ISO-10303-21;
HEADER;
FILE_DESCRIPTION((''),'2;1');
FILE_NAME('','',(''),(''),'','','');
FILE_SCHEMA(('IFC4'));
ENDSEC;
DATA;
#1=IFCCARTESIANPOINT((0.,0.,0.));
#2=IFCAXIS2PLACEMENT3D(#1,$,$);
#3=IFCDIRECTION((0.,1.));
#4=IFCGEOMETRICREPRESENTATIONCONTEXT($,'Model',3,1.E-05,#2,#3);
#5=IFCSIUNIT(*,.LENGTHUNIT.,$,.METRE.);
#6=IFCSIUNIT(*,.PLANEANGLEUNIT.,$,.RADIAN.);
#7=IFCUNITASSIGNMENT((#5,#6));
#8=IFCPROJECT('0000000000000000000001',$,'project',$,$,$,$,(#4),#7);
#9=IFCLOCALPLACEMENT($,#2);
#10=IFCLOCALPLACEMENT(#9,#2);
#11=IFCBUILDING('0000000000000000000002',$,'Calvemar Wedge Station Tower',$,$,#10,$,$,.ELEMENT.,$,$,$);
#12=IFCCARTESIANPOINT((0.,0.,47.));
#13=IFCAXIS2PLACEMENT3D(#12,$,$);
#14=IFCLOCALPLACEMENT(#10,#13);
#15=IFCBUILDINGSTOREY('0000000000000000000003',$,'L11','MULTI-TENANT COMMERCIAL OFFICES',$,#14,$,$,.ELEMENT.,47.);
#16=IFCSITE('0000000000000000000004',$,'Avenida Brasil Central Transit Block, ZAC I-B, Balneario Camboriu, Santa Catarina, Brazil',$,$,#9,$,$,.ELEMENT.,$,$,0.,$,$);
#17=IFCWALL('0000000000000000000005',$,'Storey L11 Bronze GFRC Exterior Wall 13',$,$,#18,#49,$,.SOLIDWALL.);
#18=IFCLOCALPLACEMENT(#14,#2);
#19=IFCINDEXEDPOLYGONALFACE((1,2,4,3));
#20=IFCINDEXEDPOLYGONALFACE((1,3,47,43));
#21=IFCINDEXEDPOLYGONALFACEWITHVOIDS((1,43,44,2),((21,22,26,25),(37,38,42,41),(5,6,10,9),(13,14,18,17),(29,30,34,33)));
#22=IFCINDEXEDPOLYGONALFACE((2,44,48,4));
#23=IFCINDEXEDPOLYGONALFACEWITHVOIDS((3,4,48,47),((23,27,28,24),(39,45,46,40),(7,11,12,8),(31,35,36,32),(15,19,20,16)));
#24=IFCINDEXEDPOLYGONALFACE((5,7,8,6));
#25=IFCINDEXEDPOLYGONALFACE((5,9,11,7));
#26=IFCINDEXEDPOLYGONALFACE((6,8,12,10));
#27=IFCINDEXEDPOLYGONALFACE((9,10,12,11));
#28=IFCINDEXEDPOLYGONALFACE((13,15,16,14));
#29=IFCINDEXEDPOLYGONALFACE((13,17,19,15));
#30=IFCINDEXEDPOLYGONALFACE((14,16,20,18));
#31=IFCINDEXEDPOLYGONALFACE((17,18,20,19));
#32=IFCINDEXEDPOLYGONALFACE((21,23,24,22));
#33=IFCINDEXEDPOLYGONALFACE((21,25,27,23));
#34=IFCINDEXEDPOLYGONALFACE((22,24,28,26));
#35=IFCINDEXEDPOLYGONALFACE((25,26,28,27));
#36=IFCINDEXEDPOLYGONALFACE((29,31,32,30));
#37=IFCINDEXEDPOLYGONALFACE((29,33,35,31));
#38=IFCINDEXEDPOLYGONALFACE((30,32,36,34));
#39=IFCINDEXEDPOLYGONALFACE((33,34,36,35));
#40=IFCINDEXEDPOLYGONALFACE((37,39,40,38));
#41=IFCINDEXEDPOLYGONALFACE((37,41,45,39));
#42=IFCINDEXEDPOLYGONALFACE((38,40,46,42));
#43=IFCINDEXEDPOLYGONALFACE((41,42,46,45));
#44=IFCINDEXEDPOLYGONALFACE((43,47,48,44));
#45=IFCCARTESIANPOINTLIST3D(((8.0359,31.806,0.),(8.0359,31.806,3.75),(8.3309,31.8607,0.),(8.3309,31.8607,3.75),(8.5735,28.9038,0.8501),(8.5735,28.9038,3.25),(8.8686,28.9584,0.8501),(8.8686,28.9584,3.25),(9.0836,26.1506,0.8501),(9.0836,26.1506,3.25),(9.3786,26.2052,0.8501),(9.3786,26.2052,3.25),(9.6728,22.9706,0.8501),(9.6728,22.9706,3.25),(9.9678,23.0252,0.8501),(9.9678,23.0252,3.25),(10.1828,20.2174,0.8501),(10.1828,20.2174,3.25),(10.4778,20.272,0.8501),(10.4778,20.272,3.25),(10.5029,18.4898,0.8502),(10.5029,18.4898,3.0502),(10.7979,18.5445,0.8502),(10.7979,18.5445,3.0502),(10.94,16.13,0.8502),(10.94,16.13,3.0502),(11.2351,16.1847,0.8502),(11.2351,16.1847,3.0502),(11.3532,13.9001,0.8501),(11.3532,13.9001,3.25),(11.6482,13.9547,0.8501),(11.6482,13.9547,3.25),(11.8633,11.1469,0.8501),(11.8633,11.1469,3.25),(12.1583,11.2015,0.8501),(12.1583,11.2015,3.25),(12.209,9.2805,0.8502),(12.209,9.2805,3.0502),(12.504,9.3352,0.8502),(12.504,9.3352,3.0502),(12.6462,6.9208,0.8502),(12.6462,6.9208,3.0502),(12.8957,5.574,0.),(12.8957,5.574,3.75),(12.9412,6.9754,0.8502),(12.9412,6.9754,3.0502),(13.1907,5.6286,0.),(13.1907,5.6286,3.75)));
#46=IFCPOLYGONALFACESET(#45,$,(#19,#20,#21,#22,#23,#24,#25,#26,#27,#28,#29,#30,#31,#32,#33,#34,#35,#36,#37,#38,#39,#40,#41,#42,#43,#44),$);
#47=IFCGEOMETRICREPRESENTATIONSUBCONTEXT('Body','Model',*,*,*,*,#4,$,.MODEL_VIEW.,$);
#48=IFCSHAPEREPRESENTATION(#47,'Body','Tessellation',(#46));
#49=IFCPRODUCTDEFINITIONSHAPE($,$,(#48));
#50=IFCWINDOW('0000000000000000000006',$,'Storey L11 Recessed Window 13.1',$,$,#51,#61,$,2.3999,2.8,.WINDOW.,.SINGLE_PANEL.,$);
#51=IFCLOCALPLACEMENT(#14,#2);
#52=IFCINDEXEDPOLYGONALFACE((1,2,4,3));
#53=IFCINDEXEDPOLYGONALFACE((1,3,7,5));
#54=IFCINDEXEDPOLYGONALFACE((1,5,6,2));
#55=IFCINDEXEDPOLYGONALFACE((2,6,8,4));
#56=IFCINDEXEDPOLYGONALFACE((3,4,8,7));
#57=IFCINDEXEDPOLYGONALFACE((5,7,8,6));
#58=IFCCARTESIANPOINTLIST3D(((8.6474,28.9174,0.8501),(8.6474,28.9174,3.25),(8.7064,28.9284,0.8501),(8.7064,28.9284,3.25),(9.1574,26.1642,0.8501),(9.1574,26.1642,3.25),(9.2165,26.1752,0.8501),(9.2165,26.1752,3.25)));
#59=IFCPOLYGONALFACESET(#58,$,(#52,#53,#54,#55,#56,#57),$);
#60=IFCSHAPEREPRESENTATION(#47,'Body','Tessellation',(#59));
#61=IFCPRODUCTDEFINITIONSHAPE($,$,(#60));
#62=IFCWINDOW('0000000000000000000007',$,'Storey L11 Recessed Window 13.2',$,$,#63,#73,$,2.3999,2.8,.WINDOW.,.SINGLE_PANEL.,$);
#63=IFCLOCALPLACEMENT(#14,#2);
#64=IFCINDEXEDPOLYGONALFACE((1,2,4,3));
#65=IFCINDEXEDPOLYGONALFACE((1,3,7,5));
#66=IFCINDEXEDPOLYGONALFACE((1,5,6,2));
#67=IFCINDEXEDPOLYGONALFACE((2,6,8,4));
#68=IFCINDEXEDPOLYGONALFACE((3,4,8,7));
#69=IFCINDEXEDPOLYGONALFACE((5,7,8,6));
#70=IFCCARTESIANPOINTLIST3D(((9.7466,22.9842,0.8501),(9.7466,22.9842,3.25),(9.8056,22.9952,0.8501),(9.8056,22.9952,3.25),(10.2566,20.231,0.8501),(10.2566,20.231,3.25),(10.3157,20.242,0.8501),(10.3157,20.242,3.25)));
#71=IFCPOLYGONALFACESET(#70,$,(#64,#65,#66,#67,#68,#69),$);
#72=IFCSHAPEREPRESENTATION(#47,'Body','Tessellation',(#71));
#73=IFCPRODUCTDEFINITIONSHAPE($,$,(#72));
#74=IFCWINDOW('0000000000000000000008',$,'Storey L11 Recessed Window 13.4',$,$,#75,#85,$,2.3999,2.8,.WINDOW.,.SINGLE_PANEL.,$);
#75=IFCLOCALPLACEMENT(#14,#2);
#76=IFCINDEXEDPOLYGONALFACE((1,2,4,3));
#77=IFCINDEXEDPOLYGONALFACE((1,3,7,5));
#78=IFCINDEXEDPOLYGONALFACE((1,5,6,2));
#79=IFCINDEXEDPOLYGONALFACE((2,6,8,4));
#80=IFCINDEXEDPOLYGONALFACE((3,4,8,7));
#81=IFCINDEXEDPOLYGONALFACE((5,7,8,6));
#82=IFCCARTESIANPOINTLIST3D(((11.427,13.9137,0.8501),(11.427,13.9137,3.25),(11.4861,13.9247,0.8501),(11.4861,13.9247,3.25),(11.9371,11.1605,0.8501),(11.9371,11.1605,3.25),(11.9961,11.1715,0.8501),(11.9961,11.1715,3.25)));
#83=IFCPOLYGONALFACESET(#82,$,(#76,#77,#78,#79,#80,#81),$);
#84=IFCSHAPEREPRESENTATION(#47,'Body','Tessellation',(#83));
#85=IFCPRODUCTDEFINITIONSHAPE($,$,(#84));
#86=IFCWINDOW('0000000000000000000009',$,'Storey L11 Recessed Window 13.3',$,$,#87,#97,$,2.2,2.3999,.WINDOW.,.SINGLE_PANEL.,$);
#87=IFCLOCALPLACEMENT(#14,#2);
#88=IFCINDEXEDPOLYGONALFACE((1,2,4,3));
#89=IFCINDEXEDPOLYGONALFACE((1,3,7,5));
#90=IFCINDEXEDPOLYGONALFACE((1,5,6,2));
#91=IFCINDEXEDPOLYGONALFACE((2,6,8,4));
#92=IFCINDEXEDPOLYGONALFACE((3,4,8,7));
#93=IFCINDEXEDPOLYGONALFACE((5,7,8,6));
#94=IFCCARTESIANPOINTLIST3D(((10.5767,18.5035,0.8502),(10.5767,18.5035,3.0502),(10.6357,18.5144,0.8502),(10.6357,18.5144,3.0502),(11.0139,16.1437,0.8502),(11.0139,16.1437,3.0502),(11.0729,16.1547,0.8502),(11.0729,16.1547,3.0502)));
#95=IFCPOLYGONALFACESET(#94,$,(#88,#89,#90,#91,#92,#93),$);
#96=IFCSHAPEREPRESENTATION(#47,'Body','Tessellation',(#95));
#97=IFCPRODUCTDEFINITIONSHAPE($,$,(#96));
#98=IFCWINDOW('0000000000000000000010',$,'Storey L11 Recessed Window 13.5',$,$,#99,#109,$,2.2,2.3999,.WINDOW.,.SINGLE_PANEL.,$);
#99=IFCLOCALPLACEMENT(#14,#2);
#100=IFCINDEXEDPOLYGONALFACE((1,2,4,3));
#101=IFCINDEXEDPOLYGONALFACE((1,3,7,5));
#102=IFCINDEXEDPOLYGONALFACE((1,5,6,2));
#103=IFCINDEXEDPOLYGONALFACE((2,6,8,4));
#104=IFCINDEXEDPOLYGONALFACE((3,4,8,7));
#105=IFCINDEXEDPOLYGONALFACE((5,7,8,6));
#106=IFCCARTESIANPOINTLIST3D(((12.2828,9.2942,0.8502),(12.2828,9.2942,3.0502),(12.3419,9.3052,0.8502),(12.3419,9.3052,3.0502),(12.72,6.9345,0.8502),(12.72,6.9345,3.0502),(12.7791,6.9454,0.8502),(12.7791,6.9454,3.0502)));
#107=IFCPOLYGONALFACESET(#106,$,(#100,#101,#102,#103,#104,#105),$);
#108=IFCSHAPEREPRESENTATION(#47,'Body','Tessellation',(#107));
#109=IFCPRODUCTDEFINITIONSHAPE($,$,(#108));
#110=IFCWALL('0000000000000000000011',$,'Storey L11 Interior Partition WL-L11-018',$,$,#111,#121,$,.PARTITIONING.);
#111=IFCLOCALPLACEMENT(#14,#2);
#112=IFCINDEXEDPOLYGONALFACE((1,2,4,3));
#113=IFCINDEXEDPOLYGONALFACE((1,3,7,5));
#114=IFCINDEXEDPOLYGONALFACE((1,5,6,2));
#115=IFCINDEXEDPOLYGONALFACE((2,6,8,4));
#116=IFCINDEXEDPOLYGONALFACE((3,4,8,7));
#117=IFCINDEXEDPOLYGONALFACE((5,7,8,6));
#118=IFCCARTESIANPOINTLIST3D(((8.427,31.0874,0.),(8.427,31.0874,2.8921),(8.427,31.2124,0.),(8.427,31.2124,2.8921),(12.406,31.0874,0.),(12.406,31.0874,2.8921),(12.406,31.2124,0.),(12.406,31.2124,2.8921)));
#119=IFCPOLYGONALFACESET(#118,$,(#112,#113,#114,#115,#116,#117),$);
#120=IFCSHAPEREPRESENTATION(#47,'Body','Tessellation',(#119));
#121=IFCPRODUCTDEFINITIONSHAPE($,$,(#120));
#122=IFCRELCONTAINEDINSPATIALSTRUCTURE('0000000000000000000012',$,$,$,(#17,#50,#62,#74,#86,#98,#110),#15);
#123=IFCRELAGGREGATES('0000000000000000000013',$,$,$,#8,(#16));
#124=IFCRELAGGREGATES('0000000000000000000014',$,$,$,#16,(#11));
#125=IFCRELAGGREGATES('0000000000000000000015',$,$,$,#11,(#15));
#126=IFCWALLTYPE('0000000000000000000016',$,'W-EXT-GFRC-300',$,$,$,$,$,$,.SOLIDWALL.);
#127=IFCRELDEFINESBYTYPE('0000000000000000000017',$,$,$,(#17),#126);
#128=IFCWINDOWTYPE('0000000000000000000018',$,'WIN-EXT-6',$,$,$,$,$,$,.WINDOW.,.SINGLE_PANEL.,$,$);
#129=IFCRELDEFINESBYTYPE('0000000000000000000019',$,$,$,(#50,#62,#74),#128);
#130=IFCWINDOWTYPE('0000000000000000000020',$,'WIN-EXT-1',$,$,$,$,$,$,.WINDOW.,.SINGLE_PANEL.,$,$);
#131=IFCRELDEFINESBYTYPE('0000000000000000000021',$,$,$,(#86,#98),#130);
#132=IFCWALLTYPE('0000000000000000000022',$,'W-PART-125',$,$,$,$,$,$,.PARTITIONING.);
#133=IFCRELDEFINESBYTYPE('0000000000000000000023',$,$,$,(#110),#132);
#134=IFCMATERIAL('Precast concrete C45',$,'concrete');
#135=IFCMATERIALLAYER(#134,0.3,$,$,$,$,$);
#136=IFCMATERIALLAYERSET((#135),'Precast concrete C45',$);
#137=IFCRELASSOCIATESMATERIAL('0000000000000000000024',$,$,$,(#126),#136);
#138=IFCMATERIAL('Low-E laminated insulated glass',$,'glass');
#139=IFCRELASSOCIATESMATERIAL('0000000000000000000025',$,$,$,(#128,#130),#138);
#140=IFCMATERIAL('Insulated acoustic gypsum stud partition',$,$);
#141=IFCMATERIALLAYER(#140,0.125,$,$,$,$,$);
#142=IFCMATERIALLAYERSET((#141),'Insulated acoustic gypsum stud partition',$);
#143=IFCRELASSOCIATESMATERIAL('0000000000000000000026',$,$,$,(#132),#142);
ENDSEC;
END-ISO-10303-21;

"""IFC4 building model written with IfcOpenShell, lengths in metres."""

from ifc_helpers import new_model, si_unit, direction, frame, frame_2d, origin, place, context, subcontext, project, spatial, rectangle, extrude, source, transform, mapped, material, layer, layer_set, type_object, element, fill, save


model = new_model("IFC4")

# Units and contexts
model_context = context("Model", 3, precision=1e-05, world=origin(), true_north=direction((0.0, 1.0)))
body_context = subcontext(model_context, "Body", "Model", "MODEL_VIEW")
ifc_project = project(units=[si_unit("LENGTHUNIT", "METRE"), si_unit("PLANEANGLEUNIT", "RADIAN")], contexts=[model_context])

# Site, building, storey
site_placement = place(None, origin())
site = spatial("IfcSite", under=ifc_project, at=site_placement, Name="Avenida Brasil Central Transit Block, ZAC I-B, Balneario Camboriu, Santa Catarina, Brazil", CompositionType="ELEMENT", RefElevation=0.0)
building_placement = place(site_placement, origin())
building = spatial("IfcBuilding", under=site, at=building_placement, Name="Calvemar Wedge Station Tower", CompositionType="ELEMENT")
storey_placement = place(building_placement, frame((0.0, 0.0, 47.0)))
storey = spatial("IfcBuildingStorey", under=building, at=storey_placement, Name="L11", Description="MULTI-TENANT COMMERCIAL OFFICES", CompositionType="ELEMENT", Elevation=47.0)

# Wall, openings, windows
ifc_material_1 = material(Name="Precast concrete C45", Category="concrete")
ifc_layer_1 = layer(ifc_material_1, 0.3)
ifc_layer_set_1 = layer_set([ifc_layer_1], Name="Precast concrete C45")
wall_type_1 = type_object("IfcWallType", Name="W-EXT-GFRC-300", PredefinedType="SOLIDWALL", material=ifc_layer_set_1)
wall_1_placement = place(storey_placement, frame((8.1833, 31.8335, 0.0), z_axis=(0.0, 0.0, 1.0), x_axis=(0.182164, -0.983268, 0.0)))
wall_1 = element("IfcWall", 1, at=wall_1_placement, inside=storey, type_object=wall_type_1, Name="Storey L11 Bronze GFRC Exterior Wall 13", PredefinedType="SOLIDWALL", context=body_context, shape_type="SweptSolid", body=[
    extrude(rectangle(XDim=26.6785, YDim=0.3, at=frame_2d((13.3394, 0.0))), origin(), (0.0, 0.0, 1.0), 3.75),
])
shared_shape_1 = source(origin(), body_context, "Body", "SweptSolid", [
    extrude(rectangle(XDim=2.8, YDim=2.3999, at=frame_2d((1.3999, 1.2))), frame((0.0, 0.1602, 0.0), z_axis=(0.0, -1.0, 0.0), x_axis=(1.0, 0.0, 0.0)), (0.0, 0.0, 1.0), 0.3201),
])
opening_1_placement = place(wall_1_placement, frame((2.9519, 0.0, 0.8501)))
opening_1 = element("IfcOpeningElement", 2, at=opening_1_placement, cuts=wall_1, PredefinedType="OPENING", context=body_context, shape_type="MappedRepresentation", body=[
    mapped(shared_shape_1, transform((0.0, 0.0, 0.0), scale=1.0)),
])
opening_2_placement = place(wall_1_placement, frame((8.9861, 0.0, 0.8501)))
opening_2 = element("IfcOpeningElement", 3, at=opening_2_placement, cuts=wall_1, PredefinedType="OPENING", context=body_context, shape_type="MappedRepresentation", body=[
    mapped(shared_shape_1, transform((0.0, 0.0, 0.0), scale=1.0)),
])
shared_shape_2 = source(origin(), body_context, "Body", "SweptSolid", [
    extrude(rectangle(XDim=2.3999, YDim=2.2, at=frame_2d((1.2, 1.1001))), frame((0.0, 0.1602, 0.0), z_axis=(0.0, -1.0, 0.0), x_axis=(1.0, 0.0, 0.0)), (0.0, 0.0, 1.0), 0.3201),
])
opening_3_placement = place(wall_1_placement, frame((13.543, 0.0, 0.8501)))
opening_3 = element("IfcOpeningElement", 4, at=opening_3_placement, cuts=wall_1, PredefinedType="OPENING", context=body_context, shape_type="MappedRepresentation", body=[
    mapped(shared_shape_2, transform((0.0, 0.0, 0.0), scale=1.0)),
])
opening_4_placement = place(wall_1_placement, frame((18.2109, 0.0, 0.8501)))
opening_4 = element("IfcOpeningElement", 5, at=opening_4_placement, cuts=wall_1, PredefinedType="OPENING", context=body_context, shape_type="MappedRepresentation", body=[
    mapped(shared_shape_1, transform((0.0, 0.0, 0.0), scale=1.0)),
])
opening_5_placement = place(wall_1_placement, frame((22.9089, 0.0, 0.8501)))
opening_5 = element("IfcOpeningElement", 6, at=opening_5_placement, cuts=wall_1, PredefinedType="OPENING", context=body_context, shape_type="MappedRepresentation", body=[
    mapped(shared_shape_2, transform((0.0, 0.0, 0.0), scale=1.0)),
])
ifc_material_2 = material(Name="Low-E laminated insulated glass", Category="glass")
window_type_1 = type_object("IfcWindowType", Name="WIN-EXT-6", PartitioningType="SINGLE_PANEL", PredefinedType="WINDOW", material=ifc_material_2)
shared_shape_3 = source(origin(), body_context, "Body", "SweptSolid", [
    extrude(rectangle(XDim=2.8, YDim=2.3999, at=frame_2d((1.3999, 1.2))), frame((0.0, -0.0149, 0.0), z_axis=(0.0, -1.0, 0.0), x_axis=(1.0, 0.0, 0.0)), (0.0, 0.0, 1.0), 0.0601),
])
window_1_placement = place(opening_1_placement, origin())
window_1 = element("IfcWindow", 7, at=window_1_placement, inside=storey, type_object=window_type_1, Name="Storey L11 Recessed Window 13.1", OverallHeight=2.3999, OverallWidth=2.8, PartitioningType="SINGLE_PANEL", PredefinedType="WINDOW", context=body_context, shape_type="MappedRepresentation", body=[
    mapped(shared_shape_3, transform((0.0, 0.0, 0.0), scale=1.0)),
])
fill(opening_1, window_1)
window_2_placement = place(opening_2_placement, origin())
window_2 = element("IfcWindow", 8, at=window_2_placement, inside=storey, type_object=window_type_1, Name="Storey L11 Recessed Window 13.2", OverallHeight=2.3999, OverallWidth=2.8, PartitioningType="SINGLE_PANEL", PredefinedType="WINDOW", context=body_context, shape_type="MappedRepresentation", body=[
    mapped(shared_shape_3, transform((0.0, 0.0, 0.0), scale=1.0)),
])
fill(opening_2, window_2)
window_3_placement = place(opening_4_placement, origin())
window_3 = element("IfcWindow", 9, at=window_3_placement, inside=storey, type_object=window_type_1, Name="Storey L11 Recessed Window 13.4", OverallHeight=2.3999, OverallWidth=2.8, PartitioningType="SINGLE_PANEL", PredefinedType="WINDOW", context=body_context, shape_type="MappedRepresentation", body=[
    mapped(shared_shape_3, transform((0.0, 0.0, 0.0), scale=1.0)),
])
fill(opening_4, window_3)
window_type_2 = type_object("IfcWindowType", Name="WIN-EXT-1", PartitioningType="SINGLE_PANEL", PredefinedType="WINDOW", material=ifc_material_2)
shared_shape_4 = source(origin(), body_context, "Body", "SweptSolid", [
    extrude(rectangle(XDim=2.3999, YDim=2.2, at=frame_2d((1.2, 1.1001))), frame((0.0, -0.0149, 0.0), z_axis=(0.0, -1.0, 0.0), x_axis=(1.0, 0.0, 0.0)), (0.0, 0.0, 1.0), 0.0601),
])
window_4_placement = place(opening_3_placement, origin())
window_4 = element("IfcWindow", 10, at=window_4_placement, inside=storey, type_object=window_type_2, Name="Storey L11 Recessed Window 13.3", OverallHeight=2.2, OverallWidth=2.3999, PartitioningType="SINGLE_PANEL", PredefinedType="WINDOW", context=body_context, shape_type="MappedRepresentation", body=[
    mapped(shared_shape_4, transform((0.0, 0.0, 0.0), scale=1.0)),
])
fill(opening_3, window_4)
window_5_placement = place(opening_5_placement, origin())
window_5 = element("IfcWindow", 11, at=window_5_placement, inside=storey, type_object=window_type_2, Name="Storey L11 Recessed Window 13.5", OverallHeight=2.2, OverallWidth=2.3999, PartitioningType="SINGLE_PANEL", PredefinedType="WINDOW", context=body_context, shape_type="MappedRepresentation", body=[
    mapped(shared_shape_4, transform((0.0, 0.0, 0.0), scale=1.0)),
])
fill(opening_5, window_5)

# Wall
ifc_material_3 = material(Name="Insulated acoustic gypsum stud partition")
ifc_layer_2 = layer(ifc_material_3, 0.125)
ifc_layer_set_2 = layer_set([ifc_layer_2], Name="Insulated acoustic gypsum stud partition")
wall_type_2 = type_object("IfcWallType", Name="W-PART-125", PredefinedType="PARTITIONING", material=ifc_layer_set_2)
wall_2_placement = place(storey_placement, frame((12.406, 31.1499, 0.0), z_axis=(0.0, 0.0, 1.0), x_axis=(-1.0, 0.0, 0.0)))
element("IfcWall", 12, at=wall_2_placement, inside=storey, type_object=wall_type_2, Name="Storey L11 Interior Partition WL-L11-018", PredefinedType="PARTITIONING", context=body_context, shape_type="SweptSolid", body=[
    extrude(rectangle(XDim=3.979, YDim=0.125, at=frame_2d((1.9895, 0.0))), origin(), (0.0, 0.0, 1.0), 2.8921),
])

save(model, "model.ifc")
